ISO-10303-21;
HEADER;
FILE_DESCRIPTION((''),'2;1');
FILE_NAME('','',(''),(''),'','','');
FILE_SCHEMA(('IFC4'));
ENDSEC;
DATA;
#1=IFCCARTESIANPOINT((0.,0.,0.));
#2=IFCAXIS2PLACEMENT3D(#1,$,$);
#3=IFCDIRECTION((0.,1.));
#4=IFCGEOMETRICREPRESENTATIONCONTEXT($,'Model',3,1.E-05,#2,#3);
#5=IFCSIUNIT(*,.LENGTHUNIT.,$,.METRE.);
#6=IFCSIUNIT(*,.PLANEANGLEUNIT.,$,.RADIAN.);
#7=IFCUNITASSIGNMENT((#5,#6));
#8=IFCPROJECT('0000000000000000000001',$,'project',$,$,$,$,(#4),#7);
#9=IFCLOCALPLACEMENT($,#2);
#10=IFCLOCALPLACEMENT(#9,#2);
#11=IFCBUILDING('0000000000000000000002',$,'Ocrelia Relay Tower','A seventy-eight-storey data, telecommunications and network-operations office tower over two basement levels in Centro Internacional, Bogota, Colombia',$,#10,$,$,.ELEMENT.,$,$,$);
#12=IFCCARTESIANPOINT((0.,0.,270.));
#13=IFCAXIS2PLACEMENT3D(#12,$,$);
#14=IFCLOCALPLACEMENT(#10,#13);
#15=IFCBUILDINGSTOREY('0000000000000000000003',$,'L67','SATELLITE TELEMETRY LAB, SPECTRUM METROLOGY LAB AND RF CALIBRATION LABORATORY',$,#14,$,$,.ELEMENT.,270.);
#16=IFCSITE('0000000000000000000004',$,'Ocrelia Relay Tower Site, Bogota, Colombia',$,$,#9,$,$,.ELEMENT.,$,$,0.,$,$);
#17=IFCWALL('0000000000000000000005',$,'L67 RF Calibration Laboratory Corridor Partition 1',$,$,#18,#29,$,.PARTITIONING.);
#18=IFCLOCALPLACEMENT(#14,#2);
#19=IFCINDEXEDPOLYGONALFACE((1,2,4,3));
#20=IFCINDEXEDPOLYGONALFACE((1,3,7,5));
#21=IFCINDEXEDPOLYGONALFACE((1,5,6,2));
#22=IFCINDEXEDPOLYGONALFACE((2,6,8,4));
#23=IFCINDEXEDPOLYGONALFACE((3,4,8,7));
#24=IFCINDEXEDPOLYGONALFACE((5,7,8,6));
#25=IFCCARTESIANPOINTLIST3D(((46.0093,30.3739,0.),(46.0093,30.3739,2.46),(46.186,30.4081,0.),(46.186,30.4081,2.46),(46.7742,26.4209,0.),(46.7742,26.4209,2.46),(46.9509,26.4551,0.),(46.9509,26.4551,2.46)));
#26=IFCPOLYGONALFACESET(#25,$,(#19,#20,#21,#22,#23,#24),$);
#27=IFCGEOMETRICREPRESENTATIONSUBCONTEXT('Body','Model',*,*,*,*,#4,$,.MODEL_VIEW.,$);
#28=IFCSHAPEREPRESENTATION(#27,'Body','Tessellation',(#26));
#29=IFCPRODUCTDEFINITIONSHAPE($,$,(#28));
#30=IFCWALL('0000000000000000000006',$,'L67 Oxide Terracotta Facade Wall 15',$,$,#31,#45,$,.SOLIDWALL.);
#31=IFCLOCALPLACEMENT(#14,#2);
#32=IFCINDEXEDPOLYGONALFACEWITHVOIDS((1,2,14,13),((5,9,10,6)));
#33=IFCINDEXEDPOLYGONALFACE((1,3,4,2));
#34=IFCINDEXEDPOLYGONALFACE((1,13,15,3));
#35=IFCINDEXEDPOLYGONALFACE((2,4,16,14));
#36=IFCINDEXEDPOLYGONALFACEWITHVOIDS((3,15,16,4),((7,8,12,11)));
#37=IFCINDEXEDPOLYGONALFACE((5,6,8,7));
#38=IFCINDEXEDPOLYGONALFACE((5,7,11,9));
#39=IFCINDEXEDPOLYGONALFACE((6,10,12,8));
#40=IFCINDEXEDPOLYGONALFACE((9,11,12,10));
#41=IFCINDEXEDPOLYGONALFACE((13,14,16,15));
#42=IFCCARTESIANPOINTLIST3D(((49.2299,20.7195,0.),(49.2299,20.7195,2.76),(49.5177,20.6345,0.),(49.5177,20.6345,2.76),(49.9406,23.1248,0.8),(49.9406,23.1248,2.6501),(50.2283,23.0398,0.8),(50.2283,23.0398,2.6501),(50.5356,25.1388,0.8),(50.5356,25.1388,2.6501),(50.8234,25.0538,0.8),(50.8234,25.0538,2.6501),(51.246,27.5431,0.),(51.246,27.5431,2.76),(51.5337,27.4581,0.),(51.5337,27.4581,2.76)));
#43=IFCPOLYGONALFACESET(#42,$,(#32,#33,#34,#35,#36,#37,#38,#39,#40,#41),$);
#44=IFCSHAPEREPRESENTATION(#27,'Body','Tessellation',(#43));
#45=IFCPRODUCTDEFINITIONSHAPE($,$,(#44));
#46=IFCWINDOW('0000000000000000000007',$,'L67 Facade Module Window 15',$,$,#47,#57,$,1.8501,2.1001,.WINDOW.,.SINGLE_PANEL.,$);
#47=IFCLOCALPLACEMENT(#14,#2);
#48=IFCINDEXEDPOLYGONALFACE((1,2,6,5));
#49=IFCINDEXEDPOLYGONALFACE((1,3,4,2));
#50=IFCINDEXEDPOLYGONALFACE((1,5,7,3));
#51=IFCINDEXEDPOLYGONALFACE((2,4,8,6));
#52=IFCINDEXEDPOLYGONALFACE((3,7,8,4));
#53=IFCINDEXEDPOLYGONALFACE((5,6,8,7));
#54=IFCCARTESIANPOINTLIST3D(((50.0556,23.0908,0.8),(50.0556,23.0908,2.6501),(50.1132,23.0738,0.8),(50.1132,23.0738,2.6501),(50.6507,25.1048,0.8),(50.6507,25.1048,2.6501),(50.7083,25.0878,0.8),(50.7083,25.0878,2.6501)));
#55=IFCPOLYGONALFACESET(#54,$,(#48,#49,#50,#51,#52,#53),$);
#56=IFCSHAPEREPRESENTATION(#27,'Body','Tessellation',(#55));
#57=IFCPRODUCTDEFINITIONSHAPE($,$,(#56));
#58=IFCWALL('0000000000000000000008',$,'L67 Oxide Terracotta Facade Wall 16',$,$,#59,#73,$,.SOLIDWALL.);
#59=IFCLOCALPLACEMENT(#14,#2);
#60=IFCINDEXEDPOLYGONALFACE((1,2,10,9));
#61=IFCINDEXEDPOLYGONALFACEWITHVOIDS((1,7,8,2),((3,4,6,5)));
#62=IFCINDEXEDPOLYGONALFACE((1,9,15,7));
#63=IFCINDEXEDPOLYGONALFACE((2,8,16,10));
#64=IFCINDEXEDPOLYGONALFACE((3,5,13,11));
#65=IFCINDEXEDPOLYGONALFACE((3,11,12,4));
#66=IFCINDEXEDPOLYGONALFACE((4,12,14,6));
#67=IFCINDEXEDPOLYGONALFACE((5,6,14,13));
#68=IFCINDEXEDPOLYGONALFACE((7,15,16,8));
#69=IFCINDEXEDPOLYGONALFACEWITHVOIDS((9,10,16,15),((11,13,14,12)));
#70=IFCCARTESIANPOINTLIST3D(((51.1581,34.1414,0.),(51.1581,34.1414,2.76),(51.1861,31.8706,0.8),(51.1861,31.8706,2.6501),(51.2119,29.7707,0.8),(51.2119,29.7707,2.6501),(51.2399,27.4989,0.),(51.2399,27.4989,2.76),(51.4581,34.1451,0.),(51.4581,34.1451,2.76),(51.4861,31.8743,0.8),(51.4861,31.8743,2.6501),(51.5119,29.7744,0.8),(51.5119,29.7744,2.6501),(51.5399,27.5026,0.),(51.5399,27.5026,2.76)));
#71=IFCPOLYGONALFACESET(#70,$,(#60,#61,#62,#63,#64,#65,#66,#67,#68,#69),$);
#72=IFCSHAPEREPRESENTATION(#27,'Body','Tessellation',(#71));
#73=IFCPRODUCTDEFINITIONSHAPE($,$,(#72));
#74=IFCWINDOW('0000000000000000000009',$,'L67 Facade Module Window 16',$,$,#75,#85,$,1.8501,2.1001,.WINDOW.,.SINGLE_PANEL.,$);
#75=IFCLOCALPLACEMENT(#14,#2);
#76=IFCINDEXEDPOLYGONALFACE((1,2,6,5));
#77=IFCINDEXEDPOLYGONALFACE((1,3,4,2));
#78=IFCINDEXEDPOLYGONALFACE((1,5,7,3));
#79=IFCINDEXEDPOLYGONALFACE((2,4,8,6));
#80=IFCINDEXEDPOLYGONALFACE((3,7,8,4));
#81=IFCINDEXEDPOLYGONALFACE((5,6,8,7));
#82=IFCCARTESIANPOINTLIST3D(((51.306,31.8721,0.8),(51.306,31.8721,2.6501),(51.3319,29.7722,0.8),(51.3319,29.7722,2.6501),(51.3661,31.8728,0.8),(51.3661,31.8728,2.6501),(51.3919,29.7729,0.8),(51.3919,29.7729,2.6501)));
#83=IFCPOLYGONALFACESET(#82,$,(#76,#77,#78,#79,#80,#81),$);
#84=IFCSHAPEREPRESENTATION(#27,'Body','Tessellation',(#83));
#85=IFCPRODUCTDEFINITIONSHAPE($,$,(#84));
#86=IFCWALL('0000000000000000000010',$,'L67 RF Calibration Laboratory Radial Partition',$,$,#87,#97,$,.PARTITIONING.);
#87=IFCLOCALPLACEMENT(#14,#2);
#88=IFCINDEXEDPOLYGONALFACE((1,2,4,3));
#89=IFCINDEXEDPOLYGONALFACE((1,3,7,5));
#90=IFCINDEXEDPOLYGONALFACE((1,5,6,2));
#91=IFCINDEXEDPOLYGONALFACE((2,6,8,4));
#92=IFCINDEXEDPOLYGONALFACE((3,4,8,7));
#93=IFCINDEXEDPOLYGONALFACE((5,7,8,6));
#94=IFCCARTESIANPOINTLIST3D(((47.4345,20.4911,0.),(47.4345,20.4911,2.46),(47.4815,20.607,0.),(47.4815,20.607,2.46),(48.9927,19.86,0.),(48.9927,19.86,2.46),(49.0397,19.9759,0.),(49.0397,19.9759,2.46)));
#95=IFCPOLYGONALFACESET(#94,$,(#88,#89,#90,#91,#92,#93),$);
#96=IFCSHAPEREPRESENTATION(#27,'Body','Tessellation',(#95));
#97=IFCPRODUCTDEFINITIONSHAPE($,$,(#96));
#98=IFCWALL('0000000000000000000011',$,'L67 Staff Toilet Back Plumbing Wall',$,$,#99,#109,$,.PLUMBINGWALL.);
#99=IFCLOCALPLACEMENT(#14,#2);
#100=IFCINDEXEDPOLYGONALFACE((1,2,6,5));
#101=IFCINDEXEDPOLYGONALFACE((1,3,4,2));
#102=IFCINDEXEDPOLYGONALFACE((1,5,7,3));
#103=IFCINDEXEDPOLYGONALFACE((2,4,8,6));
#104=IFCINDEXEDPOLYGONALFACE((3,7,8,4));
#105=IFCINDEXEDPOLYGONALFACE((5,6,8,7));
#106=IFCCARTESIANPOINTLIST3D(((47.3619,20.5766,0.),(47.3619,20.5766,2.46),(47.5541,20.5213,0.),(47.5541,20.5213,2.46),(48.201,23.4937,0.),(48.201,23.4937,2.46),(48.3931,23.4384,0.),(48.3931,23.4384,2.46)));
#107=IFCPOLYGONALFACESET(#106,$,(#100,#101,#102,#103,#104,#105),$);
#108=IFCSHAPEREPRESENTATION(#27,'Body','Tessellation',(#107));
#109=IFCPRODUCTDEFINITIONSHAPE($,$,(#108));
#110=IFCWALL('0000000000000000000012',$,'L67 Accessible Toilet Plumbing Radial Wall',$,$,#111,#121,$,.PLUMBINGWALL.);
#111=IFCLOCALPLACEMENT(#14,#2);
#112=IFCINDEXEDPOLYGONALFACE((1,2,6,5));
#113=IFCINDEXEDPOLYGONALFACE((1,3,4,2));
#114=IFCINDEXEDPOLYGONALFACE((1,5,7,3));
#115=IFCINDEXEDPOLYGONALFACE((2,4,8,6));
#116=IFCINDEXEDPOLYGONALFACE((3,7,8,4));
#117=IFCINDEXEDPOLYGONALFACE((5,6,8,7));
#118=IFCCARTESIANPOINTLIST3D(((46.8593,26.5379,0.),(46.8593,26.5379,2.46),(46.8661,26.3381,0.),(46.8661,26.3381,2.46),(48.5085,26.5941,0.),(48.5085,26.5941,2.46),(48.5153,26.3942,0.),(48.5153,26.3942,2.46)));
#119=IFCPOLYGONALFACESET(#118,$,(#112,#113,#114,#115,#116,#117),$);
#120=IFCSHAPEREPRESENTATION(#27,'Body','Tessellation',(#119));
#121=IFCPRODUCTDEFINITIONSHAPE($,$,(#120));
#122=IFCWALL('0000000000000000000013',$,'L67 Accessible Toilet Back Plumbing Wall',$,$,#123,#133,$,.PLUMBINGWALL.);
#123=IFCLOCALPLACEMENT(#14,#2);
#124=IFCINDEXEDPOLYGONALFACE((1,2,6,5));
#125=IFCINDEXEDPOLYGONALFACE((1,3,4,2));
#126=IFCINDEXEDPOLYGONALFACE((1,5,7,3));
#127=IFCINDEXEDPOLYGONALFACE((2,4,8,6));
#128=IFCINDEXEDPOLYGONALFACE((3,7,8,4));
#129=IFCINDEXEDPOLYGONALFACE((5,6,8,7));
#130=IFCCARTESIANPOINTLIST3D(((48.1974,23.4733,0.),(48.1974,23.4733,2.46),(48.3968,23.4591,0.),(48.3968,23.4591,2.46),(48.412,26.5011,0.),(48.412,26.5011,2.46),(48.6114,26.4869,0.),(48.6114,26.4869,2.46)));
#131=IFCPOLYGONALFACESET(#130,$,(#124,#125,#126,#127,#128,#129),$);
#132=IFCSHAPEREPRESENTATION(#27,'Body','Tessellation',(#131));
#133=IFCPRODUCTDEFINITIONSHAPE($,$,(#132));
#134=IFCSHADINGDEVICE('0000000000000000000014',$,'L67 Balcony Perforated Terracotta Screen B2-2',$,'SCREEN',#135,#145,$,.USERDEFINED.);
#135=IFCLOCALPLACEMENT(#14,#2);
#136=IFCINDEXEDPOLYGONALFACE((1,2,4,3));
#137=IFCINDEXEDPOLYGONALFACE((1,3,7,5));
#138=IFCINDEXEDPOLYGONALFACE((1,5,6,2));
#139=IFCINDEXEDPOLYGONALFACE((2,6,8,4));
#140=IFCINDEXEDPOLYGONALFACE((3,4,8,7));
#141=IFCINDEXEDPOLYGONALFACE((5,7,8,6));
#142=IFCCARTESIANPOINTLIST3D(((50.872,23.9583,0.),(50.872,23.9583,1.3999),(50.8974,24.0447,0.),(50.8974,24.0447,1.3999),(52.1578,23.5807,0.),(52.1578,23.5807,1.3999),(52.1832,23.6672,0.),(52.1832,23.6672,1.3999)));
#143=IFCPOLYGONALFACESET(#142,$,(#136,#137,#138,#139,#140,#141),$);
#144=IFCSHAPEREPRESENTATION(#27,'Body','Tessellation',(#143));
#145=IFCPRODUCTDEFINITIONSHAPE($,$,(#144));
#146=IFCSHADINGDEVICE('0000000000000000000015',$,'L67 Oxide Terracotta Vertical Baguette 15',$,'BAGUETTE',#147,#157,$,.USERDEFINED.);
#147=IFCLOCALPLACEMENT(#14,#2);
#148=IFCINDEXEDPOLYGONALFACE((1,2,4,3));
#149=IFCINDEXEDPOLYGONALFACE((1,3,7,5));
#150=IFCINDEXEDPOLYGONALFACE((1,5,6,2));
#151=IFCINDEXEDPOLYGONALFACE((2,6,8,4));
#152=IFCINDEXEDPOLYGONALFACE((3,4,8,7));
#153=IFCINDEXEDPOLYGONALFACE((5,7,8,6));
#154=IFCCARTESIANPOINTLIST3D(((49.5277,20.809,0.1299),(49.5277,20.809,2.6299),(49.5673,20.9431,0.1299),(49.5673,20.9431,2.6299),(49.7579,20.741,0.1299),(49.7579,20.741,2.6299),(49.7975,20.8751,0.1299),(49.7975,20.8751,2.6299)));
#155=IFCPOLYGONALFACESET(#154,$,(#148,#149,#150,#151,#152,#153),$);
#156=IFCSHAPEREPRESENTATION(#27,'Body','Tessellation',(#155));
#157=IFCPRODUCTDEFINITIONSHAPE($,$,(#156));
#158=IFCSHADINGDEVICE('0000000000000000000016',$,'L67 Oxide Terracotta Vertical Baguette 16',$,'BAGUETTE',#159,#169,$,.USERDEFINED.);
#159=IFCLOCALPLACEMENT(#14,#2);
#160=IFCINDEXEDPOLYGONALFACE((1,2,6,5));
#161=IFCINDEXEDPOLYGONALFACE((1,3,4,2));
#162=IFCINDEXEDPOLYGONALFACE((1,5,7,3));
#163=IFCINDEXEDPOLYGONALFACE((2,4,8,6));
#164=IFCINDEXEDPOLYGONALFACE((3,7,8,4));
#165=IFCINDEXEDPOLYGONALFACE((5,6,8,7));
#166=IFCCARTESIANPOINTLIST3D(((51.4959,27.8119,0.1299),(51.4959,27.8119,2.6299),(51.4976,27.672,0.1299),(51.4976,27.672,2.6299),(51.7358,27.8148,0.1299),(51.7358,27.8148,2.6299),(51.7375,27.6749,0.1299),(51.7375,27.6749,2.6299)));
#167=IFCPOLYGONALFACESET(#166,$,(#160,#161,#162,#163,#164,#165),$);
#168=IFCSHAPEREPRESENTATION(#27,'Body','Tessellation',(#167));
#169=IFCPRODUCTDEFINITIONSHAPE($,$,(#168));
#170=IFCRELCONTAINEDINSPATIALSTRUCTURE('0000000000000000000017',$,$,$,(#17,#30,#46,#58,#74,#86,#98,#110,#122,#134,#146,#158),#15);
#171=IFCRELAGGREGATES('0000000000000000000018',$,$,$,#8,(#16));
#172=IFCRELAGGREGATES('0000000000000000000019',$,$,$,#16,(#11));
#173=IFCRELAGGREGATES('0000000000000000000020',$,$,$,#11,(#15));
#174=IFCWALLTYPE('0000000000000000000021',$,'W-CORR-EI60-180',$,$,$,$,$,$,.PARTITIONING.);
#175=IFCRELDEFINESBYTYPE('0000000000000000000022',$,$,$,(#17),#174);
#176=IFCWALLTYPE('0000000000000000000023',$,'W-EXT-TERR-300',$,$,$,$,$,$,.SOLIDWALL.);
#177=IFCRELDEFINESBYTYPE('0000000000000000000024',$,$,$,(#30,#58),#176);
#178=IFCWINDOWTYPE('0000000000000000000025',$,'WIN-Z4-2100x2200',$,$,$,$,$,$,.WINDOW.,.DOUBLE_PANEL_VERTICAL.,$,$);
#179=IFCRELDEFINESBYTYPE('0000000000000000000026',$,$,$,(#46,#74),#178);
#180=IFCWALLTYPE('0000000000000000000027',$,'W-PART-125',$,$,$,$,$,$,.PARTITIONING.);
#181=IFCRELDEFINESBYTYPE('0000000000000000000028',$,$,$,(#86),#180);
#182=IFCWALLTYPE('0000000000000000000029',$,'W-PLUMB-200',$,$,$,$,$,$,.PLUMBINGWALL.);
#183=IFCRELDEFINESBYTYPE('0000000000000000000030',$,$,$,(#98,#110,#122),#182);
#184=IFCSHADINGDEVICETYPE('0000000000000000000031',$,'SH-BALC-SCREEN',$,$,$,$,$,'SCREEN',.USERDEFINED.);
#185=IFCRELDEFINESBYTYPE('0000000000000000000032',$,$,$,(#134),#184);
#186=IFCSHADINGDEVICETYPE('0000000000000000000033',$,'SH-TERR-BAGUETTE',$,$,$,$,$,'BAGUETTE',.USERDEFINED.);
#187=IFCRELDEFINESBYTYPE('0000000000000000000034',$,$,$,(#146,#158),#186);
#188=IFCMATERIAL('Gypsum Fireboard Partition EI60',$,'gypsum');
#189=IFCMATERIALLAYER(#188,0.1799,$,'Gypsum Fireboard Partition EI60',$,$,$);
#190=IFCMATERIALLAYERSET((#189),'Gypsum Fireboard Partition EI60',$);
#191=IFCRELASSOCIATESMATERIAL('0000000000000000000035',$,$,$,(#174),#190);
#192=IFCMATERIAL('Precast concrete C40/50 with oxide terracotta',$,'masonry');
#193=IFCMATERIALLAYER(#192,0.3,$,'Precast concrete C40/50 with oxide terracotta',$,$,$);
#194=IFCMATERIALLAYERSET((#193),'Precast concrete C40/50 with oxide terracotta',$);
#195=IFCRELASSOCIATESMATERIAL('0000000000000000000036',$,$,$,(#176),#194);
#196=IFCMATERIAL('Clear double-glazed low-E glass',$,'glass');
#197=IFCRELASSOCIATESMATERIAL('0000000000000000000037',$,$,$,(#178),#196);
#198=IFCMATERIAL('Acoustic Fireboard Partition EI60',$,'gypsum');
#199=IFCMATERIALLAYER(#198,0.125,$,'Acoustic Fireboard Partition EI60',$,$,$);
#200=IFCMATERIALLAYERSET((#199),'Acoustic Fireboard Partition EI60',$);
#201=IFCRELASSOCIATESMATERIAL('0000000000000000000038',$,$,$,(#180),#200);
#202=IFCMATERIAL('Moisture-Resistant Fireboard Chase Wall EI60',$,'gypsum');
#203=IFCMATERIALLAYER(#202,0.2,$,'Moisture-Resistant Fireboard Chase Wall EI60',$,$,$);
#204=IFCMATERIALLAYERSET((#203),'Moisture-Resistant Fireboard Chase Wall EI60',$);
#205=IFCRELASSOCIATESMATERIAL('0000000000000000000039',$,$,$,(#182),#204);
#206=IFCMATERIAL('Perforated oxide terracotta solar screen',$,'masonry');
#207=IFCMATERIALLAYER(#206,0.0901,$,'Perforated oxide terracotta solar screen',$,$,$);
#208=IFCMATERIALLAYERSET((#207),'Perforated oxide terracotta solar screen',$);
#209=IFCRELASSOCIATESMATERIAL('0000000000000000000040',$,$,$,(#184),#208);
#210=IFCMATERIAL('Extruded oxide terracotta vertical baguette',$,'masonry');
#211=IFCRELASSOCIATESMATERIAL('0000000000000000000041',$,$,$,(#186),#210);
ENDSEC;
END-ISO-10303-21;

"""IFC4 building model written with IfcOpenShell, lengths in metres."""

from ifc_helpers import new_model, si_unit, direction, frame, frame_2d, origin, origin_2d, place, context, subcontext, project, spatial, rectangle, extrude, material, layer, layer_set, type_object, element, fill, save


model = new_model("IFC4")

# Units and contexts
model_context = context("Model", 3, precision=1e-05, world=origin(), true_north=direction((0.0, 1.0)))
body_context = subcontext(model_context, "Body", "Model", "MODEL_VIEW")
ifc_project = project(units=[si_unit("LENGTHUNIT", "METRE"), si_unit("PLANEANGLEUNIT", "RADIAN")], contexts=[model_context])

# Site, building, storey
site_placement = place(None, origin())
site = spatial("IfcSite", under=ifc_project, at=site_placement, Name="Ocrelia Relay Tower Site, Bogota, Colombia", CompositionType="ELEMENT", RefElevation=0.0)
building_placement = place(site_placement, origin())
building = spatial("IfcBuilding", under=site, at=building_placement, Name="Ocrelia Relay Tower", Description="A seventy-eight-storey data, telecommunications and network-operations office tower over two basement levels in Centro Internacional, Bogota, Colombia", CompositionType="ELEMENT")
storey_placement = place(building_placement, frame((0.0, 0.0, 270.0)))
storey = spatial("IfcBuildingStorey", under=building, at=storey_placement, Name="L67", Description="SATELLITE TELEMETRY LAB, SPECTRUM METROLOGY LAB AND RF CALIBRATION LABORATORY", CompositionType="ELEMENT", Elevation=270.0)

# Wall
ifc_material_1 = material(Name="Gypsum Fireboard Partition EI60", Category="gypsum")
ifc_layer_1 = layer(ifc_material_1, 0.1799, Name="Gypsum Fireboard Partition EI60")
ifc_layer_set_1 = layer_set([ifc_layer_1], Name="Gypsum Fireboard Partition EI60")
wall_type_1 = type_object("IfcWallType", Name="W-CORR-EI60-180", PredefinedType="PARTITIONING", material=ifc_layer_set_1)
wall_1_placement = place(storey_placement, frame((46.8625, 26.438, 0.0), z_axis=(0.0, 0.0, 1.0), x_axis=(-0.189967, 0.98179, 0.0)))
element("IfcWall", 1, at=wall_1_placement, inside=storey, type_object=wall_type_1, Name="L67 RF Calibration Laboratory Corridor Partition 1", PredefinedType="PARTITIONING", context=body_context, shape_type="SweptSolid", body=[
    extrude(rectangle(XDim=4.0264, YDim=0.1799, at=frame_2d((2.0132, 0.0))), origin(), (0.0, 0.0, 1.0), 2.46),
])

# Walls, openings, windows
ifc_material_2 = material(Name="Precast concrete C40/50 with oxide terracotta", Category="masonry")
ifc_layer_2 = layer(ifc_material_2, 0.3, Name="Precast concrete C40/50 with oxide terracotta")
ifc_layer_set_2 = layer_set([ifc_layer_2], Name="Precast concrete C40/50 with oxide terracotta")
wall_type_2 = type_object("IfcWallType", Name="W-EXT-TERR-300", PredefinedType="SOLIDWALL", material=ifc_layer_set_2)
wall_2_placement = place(storey_placement, frame((49.3738, 20.677, 0.0), z_axis=(0.0, 0.0, 1.0), x_axis=(0.283348, 0.959017, 0.0)))
wall_2 = element("IfcWall", 2, at=wall_2_placement, inside=storey, type_object=wall_type_2, Name="L67 Oxide Terracotta Facade Wall 15", PredefinedType="SOLIDWALL", context=body_context, shape_type="SweptSolid", body=[
    extrude(rectangle(XDim=7.1152, YDim=0.3, at=frame_2d((3.5576, 0.0))), origin(), (0.0, 0.0, 1.0), 2.76),
])
opening_1_placement = place(wall_2_placement, frame((2.5081, 0.0, 0.8)))
opening_1 = element("IfcOpeningElement", 3, at=opening_1_placement, cuts=wall_2, PredefinedType="OPENING", context=body_context, shape_type="SweptSolid", body=[
    extrude(rectangle(XDim=2.1001, YDim=1.8501, at=frame_2d((1.05, 0.925))), frame((0.0, 0.1602, 0.0), z_axis=(0.0, -1.0, 0.0), x_axis=(1.0, 0.0, 0.0)), (0.0, 0.0, 1.0), 0.3201),
])
ifc_material_3 = material(Name="Clear double-glazed low-E glass", Category="glass")
window_type = type_object("IfcWindowType", Name="WIN-Z4-2100x2200", PartitioningType="DOUBLE_PANEL_VERTICAL", PredefinedType="WINDOW", material=ifc_material_3)
window_1_placement = place(opening_1_placement, origin())
window_1 = element("IfcWindow", 4, at=window_1_placement, inside=storey, type_object=window_type, Name="L67 Facade Module Window 15", OverallHeight=1.8501, OverallWidth=2.1001, PartitioningType="SINGLE_PANEL", PredefinedType="WINDOW", context=body_context, shape_type="SweptSolid", body=[
    extrude(rectangle(XDim=2.1001, YDim=1.8501, at=frame_2d((1.05, 0.925))), frame((0.0, 0.03, 0.0), z_axis=(0.0, -1.0, 0.0), x_axis=(1.0, 0.0, 0.0)), (0.0, 0.0, 1.0), 0.0601),
])
fill(opening_1, window_1)
wall_3_placement = place(storey_placement, frame((51.3899, 27.5007, 0.0), z_axis=(0.0, 0.0, 1.0), x_axis=(-0.012312, 0.999924, 0.0)))
wall_3 = element("IfcWall", 5, at=wall_3_placement, inside=storey, type_object=wall_type_2, Name="L67 Oxide Terracotta Facade Wall 16", PredefinedType="SOLIDWALL", context=body_context, shape_type="SweptSolid", body=[
    extrude(rectangle(XDim=6.6431, YDim=0.3, at=frame_2d((3.3215, 0.0))), origin(), (0.0, 0.0, 1.0), 2.76),
])
opening_2_placement = place(wall_3_placement, frame((2.272, 0.0, 0.8)))
opening_2 = element("IfcOpeningElement", 6, at=opening_2_placement, cuts=wall_3, PredefinedType="OPENING", context=body_context, shape_type="SweptSolid", body=[
    extrude(rectangle(XDim=2.1001, YDim=1.8501, at=frame_2d((1.05, 0.925))), frame((0.0, 0.1602, 0.0), z_axis=(0.0, -1.0, 0.0), x_axis=(1.0, 0.0, 0.0)), (0.0, 0.0, 1.0), 0.3201),
])
window_2_placement = place(opening_2_placement, origin())
window_2 = element("IfcWindow", 7, at=window_2_placement, inside=storey, type_object=window_type, Name="L67 Facade Module Window 16", OverallHeight=1.8501, OverallWidth=2.1001, PartitioningType="SINGLE_PANEL", PredefinedType="WINDOW", context=body_context, shape_type="SweptSolid", body=[
    extrude(rectangle(XDim=2.1001, YDim=1.8501, at=frame_2d((1.05, 0.925))), frame((0.0, 0.03, 0.0), z_axis=(0.0, -1.0, 0.0), x_axis=(1.0, 0.0, 0.0)), (0.0, 0.0, 1.0), 0.0601),
])
fill(opening_2, window_2)

# Walls
ifc_material_4 = material(Name="Acoustic Fireboard Partition EI60", Category="gypsum")
ifc_layer_3 = layer(ifc_material_4, 0.125, Name="Acoustic Fireboard Partition EI60")
ifc_layer_set_3 = layer_set([ifc_layer_3], Name="Acoustic Fireboard Partition EI60")
wall_type_3 = type_object("IfcWallType", Name="W-PART-125", PredefinedType="PARTITIONING", material=ifc_layer_set_3)
wall_4_placement = place(storey_placement, frame((47.458, 20.5491, 0.0), z_axis=(0.0, 0.0, 1.0), x_axis=(0.926855, -0.375419, 0.0)))
element("IfcWall", 8, at=wall_4_placement, inside=storey, type_object=wall_type_3, Name="L67 RF Calibration Laboratory Radial Partition", PredefinedType="PARTITIONING", context=body_context, shape_type="SweptSolid", body=[
    extrude(rectangle(XDim=1.6812, YDim=0.125, at=frame_2d((0.8406, 0.0))), origin(), (0.0, 0.0, 1.0), 2.46),
])
ifc_material_5 = material(Name="Moisture-Resistant Fireboard Chase Wall EI60", Category="gypsum")
ifc_layer_4 = layer(ifc_material_5, 0.2, Name="Moisture-Resistant Fireboard Chase Wall EI60")
ifc_layer_set_4 = layer_set([ifc_layer_4], Name="Moisture-Resistant Fireboard Chase Wall EI60")
wall_type_4 = type_object("IfcWallType", Name="W-PLUMB-200", PredefinedType="PLUMBINGWALL", material=ifc_layer_set_4)
wall_5_placement = place(storey_placement, frame((47.458, 20.5491, 0.0), z_axis=(0.0, 0.0, 1.0), x_axis=(0.276431, 0.961034, 0.0)))
element("IfcWall", 9, at=wall_5_placement, inside=storey, type_object=wall_type_4, Name="L67 Staff Toilet Back Plumbing Wall", PredefinedType="PLUMBINGWALL", context=body_context, shape_type="SweptSolid", body=[
    extrude(rectangle(XDim=3.0354, YDim=0.2, at=frame_2d((1.5176, 0.0))), origin(), (0.0, 0.0, 1.0), 2.46),
])
wall_6_placement = place(storey_placement, frame((46.8625, 26.438, 0.0), z_axis=(0.0, 0.0, 1.0), x_axis=(0.999421, 0.034029, 0.0)))
element("IfcWall", 10, at=wall_6_placement, inside=storey, type_object=wall_type_4, Name="L67 Accessible Toilet Plumbing Radial Wall", PredefinedType="PLUMBINGWALL", context=body_context, shape_type="SweptSolid", body=[
    extrude(rectangle(XDim=1.6501, YDim=0.2, at=frame_2d((0.8252, 0.0))), origin(), (0.0, 0.0, 1.0), 2.46),
])
wall_7_placement = place(storey_placement, frame((48.2971, 23.4663, 0.0), z_axis=(0.0, 0.0, 1.0), x_axis=(0.070698, 0.997498, 0.0)))
element("IfcWall", 11, at=wall_7_placement, inside=storey, type_object=wall_type_4, Name="L67 Accessible Toilet Back Plumbing Wall", PredefinedType="PLUMBINGWALL", context=body_context, shape_type="SweptSolid", body=[
    extrude(rectangle(XDim=3.0354, YDim=0.2, at=frame_2d((1.5176, 0.0))), origin(), (0.0, 0.0, 1.0), 2.46),
])

# Shading devices
ifc_material_6 = material(Name="Perforated oxide terracotta solar screen", Category="masonry")
ifc_layer_5 = layer(ifc_material_6, 0.0901, Name="Perforated oxide terracotta solar screen")
ifc_layer_set_5 = layer_set([ifc_layer_5], Name="Perforated oxide terracotta solar screen")
shading_device_type_1 = type_object("IfcShadingDeviceType", Name="SH-BALC-SCREEN", ElementType="SCREEN", PredefinedType="USERDEFINED", material=ifc_layer_set_5)
shading_device_1_placement = place(storey_placement, frame((51.5276, 23.8127, 0.0), z_axis=(0.0, 0.0, 1.0), x_axis=(0.959489, -0.281747, 0.0)))
element("IfcShadingDevice", 12, at=shading_device_1_placement, inside=storey, type_object=shading_device_type_1, Name="L67 Balcony Perforated Terracotta Screen B2-2", ObjectType="SCREEN", PredefinedType="USERDEFINED", context=body_context, shape_type="SweptSolid", body=[
    extrude(rectangle(XDim=1.3401, YDim=0.0901, at=origin_2d()), origin(), (0.0, 0.0, 1.0), 1.3999),
])
ifc_material_7 = material(Name="Extruded oxide terracotta vertical baguette", Category="masonry")
shading_device_type_2 = type_object("IfcShadingDeviceType", Name="SH-TERR-BAGUETTE", ElementType="BAGUETTE", PredefinedType="USERDEFINED", material=ifc_material_7)
for number, where, z_axis, x_axis, name in (
    (13, (49.6626, 20.842, 0.1299), (0.0, 0.0, 1.0), (0.283321, 0.959025, 0.0), "L67 Oxide Terracotta Vertical Baguette 15"),
    (14, (51.6167, 27.7434, 0.1299), (0.0, 0.0, 1.0), (-0.012283, 0.999925, 0.0), "L67 Oxide Terracotta Vertical Baguette 16"),
):
    element("IfcShadingDevice", number, at=place(storey_placement, frame(where, z_axis=z_axis, x_axis=x_axis)), inside=storey, type_object=shading_device_type_2, Name=name, ObjectType="BAGUETTE", PredefinedType="USERDEFINED", context=body_context, shape_type="SweptSolid", body=[
        extrude(rectangle(XDim=0.1399, YDim=0.24, at=origin_2d()), origin(), (0.0, 0.0, 1.0), 2.5),
    ])

save(model, "model.ifc")
